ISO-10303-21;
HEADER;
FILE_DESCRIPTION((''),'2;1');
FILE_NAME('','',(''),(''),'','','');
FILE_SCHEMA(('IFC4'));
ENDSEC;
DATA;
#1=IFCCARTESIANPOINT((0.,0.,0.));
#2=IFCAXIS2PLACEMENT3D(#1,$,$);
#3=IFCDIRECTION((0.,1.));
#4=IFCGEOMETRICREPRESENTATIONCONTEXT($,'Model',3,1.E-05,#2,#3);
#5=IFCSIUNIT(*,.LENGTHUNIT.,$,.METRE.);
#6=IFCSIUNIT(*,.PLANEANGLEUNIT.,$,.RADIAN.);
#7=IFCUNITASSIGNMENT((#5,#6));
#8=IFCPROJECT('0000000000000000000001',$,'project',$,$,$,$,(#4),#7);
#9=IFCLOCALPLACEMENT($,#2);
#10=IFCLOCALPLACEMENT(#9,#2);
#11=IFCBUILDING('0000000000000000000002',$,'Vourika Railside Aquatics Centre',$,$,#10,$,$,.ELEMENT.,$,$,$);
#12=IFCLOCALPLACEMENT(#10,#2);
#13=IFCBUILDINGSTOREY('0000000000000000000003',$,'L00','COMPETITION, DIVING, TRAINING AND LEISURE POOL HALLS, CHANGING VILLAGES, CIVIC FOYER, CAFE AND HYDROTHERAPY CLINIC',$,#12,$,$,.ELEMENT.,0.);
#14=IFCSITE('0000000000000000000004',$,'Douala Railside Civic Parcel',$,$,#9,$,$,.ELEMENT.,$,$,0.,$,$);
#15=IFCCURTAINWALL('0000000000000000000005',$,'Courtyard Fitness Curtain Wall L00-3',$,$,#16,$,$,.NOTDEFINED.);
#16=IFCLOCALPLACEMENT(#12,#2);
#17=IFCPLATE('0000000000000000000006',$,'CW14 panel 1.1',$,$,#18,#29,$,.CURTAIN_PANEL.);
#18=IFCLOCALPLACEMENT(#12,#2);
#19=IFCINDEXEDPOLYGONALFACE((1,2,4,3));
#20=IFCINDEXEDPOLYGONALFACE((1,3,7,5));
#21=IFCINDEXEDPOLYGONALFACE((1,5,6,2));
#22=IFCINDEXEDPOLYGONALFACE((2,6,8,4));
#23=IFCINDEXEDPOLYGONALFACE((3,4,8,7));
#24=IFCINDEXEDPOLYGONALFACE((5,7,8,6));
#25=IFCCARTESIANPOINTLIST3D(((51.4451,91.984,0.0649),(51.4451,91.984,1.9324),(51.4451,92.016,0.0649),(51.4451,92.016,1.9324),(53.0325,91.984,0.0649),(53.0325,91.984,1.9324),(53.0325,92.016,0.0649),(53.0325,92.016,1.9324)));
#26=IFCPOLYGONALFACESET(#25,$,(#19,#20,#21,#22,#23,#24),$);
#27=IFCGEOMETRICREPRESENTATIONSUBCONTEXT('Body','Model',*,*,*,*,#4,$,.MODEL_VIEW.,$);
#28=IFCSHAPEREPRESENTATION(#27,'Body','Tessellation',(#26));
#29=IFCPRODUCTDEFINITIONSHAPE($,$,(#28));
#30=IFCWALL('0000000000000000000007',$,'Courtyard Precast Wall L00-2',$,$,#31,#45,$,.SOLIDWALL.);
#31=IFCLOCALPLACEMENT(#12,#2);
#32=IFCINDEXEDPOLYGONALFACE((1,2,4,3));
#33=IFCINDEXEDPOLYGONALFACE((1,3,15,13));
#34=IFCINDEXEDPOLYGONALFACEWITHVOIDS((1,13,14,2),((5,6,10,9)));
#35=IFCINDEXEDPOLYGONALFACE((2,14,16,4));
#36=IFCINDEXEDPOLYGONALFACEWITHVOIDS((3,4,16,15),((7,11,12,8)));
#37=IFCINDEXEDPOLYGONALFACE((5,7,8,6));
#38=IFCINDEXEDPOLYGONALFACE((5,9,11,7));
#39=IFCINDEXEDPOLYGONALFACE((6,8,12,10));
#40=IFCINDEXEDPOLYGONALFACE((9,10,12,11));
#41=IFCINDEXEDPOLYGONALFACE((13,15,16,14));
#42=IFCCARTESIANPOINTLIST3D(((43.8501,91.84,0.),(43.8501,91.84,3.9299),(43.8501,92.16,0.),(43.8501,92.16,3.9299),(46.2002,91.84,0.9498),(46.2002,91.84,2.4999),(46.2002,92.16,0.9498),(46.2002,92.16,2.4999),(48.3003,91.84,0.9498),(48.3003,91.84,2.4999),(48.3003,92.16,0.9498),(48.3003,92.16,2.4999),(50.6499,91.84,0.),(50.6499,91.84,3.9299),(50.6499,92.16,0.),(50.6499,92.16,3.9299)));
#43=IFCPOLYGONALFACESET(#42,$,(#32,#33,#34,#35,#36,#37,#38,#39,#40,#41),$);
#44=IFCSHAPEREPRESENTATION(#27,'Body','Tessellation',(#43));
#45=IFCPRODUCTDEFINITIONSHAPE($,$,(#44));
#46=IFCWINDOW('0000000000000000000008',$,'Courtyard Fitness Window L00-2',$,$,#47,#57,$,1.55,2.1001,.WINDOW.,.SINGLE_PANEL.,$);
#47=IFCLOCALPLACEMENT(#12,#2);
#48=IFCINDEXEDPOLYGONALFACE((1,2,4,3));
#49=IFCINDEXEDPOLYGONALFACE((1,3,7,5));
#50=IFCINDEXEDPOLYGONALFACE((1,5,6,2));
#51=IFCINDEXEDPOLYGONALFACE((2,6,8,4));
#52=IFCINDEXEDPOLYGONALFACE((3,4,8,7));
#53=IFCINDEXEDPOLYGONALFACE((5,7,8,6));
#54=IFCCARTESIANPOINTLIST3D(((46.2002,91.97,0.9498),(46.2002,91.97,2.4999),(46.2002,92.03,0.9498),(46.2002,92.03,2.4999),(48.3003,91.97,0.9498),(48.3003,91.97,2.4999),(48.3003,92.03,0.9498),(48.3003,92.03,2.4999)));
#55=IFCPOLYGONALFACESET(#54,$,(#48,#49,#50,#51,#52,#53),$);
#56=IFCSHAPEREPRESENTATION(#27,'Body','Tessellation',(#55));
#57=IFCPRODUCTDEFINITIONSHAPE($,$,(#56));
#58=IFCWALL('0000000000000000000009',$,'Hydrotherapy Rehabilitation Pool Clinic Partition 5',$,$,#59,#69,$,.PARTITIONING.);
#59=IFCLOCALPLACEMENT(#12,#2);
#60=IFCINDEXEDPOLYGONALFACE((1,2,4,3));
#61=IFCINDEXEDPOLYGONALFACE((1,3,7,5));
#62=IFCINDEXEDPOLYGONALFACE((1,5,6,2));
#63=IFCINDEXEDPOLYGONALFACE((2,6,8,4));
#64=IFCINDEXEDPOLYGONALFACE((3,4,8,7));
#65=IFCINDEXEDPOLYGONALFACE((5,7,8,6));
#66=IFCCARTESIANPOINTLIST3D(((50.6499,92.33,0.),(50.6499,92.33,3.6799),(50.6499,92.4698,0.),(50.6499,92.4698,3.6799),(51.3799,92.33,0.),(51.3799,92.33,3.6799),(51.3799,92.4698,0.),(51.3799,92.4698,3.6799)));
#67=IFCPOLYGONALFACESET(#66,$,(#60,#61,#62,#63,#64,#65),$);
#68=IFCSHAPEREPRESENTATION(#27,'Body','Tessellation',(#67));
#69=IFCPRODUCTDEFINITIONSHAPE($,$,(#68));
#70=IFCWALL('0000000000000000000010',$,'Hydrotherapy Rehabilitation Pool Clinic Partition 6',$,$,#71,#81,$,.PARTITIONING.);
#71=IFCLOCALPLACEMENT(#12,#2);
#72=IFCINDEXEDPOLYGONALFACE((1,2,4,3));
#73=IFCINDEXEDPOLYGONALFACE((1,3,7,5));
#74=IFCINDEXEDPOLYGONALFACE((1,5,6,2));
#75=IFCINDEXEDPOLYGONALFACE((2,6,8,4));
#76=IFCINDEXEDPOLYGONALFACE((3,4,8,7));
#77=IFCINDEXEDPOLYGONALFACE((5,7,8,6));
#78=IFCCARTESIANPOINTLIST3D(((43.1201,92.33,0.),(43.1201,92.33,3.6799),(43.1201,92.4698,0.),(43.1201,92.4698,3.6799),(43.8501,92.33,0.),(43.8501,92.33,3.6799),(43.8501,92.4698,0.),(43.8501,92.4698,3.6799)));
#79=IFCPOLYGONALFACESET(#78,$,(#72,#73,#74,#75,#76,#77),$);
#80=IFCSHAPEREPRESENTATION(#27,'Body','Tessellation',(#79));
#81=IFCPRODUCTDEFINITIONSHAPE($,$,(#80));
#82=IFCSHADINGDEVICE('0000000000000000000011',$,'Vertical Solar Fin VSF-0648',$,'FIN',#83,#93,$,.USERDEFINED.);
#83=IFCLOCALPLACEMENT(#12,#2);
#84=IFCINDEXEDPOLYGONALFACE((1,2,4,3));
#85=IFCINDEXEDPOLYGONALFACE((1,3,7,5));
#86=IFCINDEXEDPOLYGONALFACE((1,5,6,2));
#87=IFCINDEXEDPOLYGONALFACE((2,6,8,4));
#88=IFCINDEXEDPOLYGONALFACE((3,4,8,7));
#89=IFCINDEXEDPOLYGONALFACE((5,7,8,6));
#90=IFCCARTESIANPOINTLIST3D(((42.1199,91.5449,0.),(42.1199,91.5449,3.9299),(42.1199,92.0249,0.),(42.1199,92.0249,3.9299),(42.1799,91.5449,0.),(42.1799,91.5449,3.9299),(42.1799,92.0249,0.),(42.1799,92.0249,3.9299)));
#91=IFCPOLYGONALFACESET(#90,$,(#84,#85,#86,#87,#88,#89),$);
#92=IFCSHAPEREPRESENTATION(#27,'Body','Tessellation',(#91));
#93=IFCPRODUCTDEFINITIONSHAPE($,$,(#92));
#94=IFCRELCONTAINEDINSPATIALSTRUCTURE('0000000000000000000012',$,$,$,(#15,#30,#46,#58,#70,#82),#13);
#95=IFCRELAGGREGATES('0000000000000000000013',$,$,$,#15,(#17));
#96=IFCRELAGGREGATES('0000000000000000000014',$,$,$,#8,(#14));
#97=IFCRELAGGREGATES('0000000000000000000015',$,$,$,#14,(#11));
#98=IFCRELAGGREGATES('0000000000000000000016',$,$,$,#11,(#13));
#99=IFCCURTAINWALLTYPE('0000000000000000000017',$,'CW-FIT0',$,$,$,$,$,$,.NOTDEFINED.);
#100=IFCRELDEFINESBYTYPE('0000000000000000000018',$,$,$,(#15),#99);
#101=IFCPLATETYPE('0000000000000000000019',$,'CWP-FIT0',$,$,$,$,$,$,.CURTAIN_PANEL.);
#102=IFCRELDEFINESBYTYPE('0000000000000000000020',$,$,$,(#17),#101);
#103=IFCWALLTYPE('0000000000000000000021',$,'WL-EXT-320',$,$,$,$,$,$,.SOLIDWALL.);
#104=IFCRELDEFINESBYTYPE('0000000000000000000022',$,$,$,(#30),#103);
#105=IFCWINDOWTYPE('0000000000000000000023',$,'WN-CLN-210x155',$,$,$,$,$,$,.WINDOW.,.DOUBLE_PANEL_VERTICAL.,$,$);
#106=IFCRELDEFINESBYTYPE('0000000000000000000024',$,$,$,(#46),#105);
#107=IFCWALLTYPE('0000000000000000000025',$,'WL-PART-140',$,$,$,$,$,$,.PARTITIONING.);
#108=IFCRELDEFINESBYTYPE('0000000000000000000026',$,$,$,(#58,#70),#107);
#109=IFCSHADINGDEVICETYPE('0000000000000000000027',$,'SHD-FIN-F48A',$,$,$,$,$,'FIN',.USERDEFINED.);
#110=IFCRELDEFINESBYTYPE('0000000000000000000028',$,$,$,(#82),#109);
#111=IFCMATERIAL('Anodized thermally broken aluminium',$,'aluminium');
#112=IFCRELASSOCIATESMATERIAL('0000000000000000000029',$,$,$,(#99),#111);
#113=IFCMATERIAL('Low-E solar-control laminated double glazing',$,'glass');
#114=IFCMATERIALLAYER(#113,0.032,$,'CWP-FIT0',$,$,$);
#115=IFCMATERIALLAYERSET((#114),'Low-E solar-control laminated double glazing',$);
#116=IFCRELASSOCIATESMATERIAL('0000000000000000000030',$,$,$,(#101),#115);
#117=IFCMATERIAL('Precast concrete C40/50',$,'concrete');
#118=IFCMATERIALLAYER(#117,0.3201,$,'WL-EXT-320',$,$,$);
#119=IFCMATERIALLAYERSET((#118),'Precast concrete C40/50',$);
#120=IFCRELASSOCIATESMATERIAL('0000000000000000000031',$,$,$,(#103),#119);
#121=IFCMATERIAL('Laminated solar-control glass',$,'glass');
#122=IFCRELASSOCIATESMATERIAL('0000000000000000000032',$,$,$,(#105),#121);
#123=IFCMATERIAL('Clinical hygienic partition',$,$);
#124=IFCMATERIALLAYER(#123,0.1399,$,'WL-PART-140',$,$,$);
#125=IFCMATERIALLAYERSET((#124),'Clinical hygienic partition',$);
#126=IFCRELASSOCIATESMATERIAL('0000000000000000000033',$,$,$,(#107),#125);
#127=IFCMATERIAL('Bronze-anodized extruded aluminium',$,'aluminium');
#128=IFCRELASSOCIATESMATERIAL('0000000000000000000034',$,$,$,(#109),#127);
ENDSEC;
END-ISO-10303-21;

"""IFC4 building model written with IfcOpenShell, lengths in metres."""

from ifc_helpers import new_model, si_unit, direction, frame, frame_2d, origin, origin_2d, place, context, subcontext, project, spatial, rectangle, extrude, material, layer, layer_set, material_profile, profile_set, type_object, element, fill, aggregate, save


model = new_model("IFC4")

# Units and contexts
model_context = context("Model", 3, precision=1e-05, world=origin(), true_north=direction((0.0, 1.0)))
body_context = subcontext(model_context, "Body", "Model", "MODEL_VIEW")
ifc_project = project(units=[si_unit("LENGTHUNIT", "METRE"), si_unit("PLANEANGLEUNIT", "RADIAN")], contexts=[model_context])

# Site, building, storey
site_placement = place(None, origin())
site = spatial("IfcSite", under=ifc_project, at=site_placement, Name="Douala Railside Civic Parcel", CompositionType="ELEMENT", RefElevation=0.0)
building_placement = place(site_placement, origin())
building = spatial("IfcBuilding", under=site, at=building_placement, Name="Vourika Railside Aquatics Centre", CompositionType="ELEMENT")
storey_placement = place(building_placement, origin())
storey = spatial("IfcBuildingStorey", under=building, at=storey_placement, Name="L00", Description="COMPETITION, DIVING, TRAINING AND LEISURE POOL HALLS, CHANGING VILLAGES, CIVIC FOYER, CAFE AND HYDROTHERAPY CLINIC", CompositionType="ELEMENT", Elevation=0.0)

# Shared definitions
ifc_material_1 = material(Name="Anodized thermally broken aluminium", Category="aluminium")
curtain_wall_type = type_object("IfcCurtainWallType", Name="CW-FIT0", PredefinedType="NOTDEFINED", material=ifc_material_1)

# Curtain wall
curtain_wall_1_placement = place(storey_placement, origin())
curtain_wall_1 = element("IfcCurtainWall", 1, at=curtain_wall_1_placement, inside=storey, type_object=curtain_wall_type, Name="Courtyard Fitness Curtain Wall L00-3", PredefinedType="NOTDEFINED")

# Plate
ifc_material_2 = material(Name="Low-E solar-control laminated double glazing", Category="glass")
ifc_layer_1 = layer(ifc_material_2, 0.032, Name="CWP-FIT0")
ifc_layer_set_1 = layer_set([ifc_layer_1], Name="Low-E solar-control laminated double glazing")
plate_type = type_object("IfcPlateType", Name="CWP-FIT0", PredefinedType="CURTAIN_PANEL", material=ifc_layer_set_1)
plate_1_placement = place(storey_placement, frame((52.2388, 92.0, 0.0649), z_axis=(0.0, 0.0, 1.0), x_axis=(1.0, 0.0, 0.0)))
plate_1 = element("IfcPlate", 2, at=plate_1_placement, type_object=plate_type, Name="CW14 panel 1.1", PredefinedType="CURTAIN_PANEL", context=body_context, shape_type="SweptSolid", body=[
    extrude(rectangle(XDim=1.5874, YDim=0.032, at=origin_2d()), origin(), (0.0, 0.0, 1.0), 1.8674),
])
aggregate(curtain_wall_1, [plate_1])

# Wall, opening, window
ifc_material_3 = material(Name="Precast concrete C40/50", Category="concrete")
ifc_layer_2 = layer(ifc_material_3, 0.3201, Name="WL-EXT-320")
ifc_layer_set_2 = layer_set([ifc_layer_2], Name="Precast concrete C40/50")
wall_type_1 = type_object("IfcWallType", Name="WL-EXT-320", PredefinedType="SOLIDWALL", material=ifc_layer_set_2)
wall_placement = place(storey_placement, frame((43.8501, 92.0, 0.0), z_axis=(0.0, 0.0, 1.0), x_axis=(1.0, 0.0, 0.0)))
wall = element("IfcWall", 3, at=wall_placement, inside=storey, type_object=wall_type_1, Name="Courtyard Precast Wall L00-2", PredefinedType="SOLIDWALL", context=body_context, shape_type="SweptSolid", body=[
    extrude(rectangle(XDim=6.7998, YDim=0.3201, at=frame_2d((3.3999, 0.0))), origin(), (0.0, 0.0, 1.0), 3.9299),
])
opening_placement = place(wall_placement, frame((2.3501, 0.0, 0.95)))
opening = element("IfcOpeningElement", 4, at=opening_placement, cuts=wall, PredefinedType="OPENING", context=body_context, shape_type="SweptSolid", body=[
    extrude(rectangle(XDim=2.1001, YDim=1.55, at=frame_2d((1.05, 0.7749))), frame((0.0, 0.1699, 0.0), z_axis=(0.0, -1.0, 0.0), x_axis=(1.0, 0.0, 0.0)), (0.0, 0.0, 1.0), 0.3401),
])
ifc_material_4 = material(Name="Laminated solar-control glass", Category="glass")
window_type = type_object("IfcWindowType", Name="WN-CLN-210x155", PartitioningType="DOUBLE_PANEL_VERTICAL", PredefinedType="WINDOW", material=ifc_material_4)
window_placement = place(opening_placement, origin())
window = element("IfcWindow", 5, at=window_placement, inside=storey, type_object=window_type, Name="Courtyard Fitness Window L00-2", OverallHeight=1.55, OverallWidth=2.1001, PartitioningType="SINGLE_PANEL", PredefinedType="WINDOW", context=body_context, shape_type="SweptSolid", body=[
    extrude(rectangle(XDim=2.1001, YDim=1.55, at=frame_2d((1.05, 0.7749))), frame((0.0, 0.03, 0.0), z_axis=(0.0, -1.0, 0.0), x_axis=(1.0, 0.0, 0.0)), (0.0, 0.0, 1.0), 0.0601),
])
fill(opening, window)

# Walls
ifc_material_5 = material(Name="Clinical hygienic partition")
ifc_layer_3 = layer(ifc_material_5, 0.1399, Name="WL-PART-140")
ifc_layer_set_3 = layer_set([ifc_layer_3], Name="Clinical hygienic partition")
wall_type_2 = type_object("IfcWallType", Name="WL-PART-140", PredefinedType="PARTITIONING", material=ifc_layer_set_3)
for number, where, z_axis, x_axis, name in (
    (6, (51.3799, 92.3999, 0.0), (0.0, 0.0, 1.0), (-1.0, 0.0, 0.0), "Hydrotherapy Rehabilitation Pool Clinic Partition 5"),
    (7, (43.8501, 92.3999, 0.0), (0.0, 0.0, 1.0), (-1.0, 0.0, 0.0), "Hydrotherapy Rehabilitation Pool Clinic Partition 6"),
):
    element("IfcWall", number, at=place(storey_placement, frame(where, z_axis=z_axis, x_axis=x_axis)), inside=storey, type_object=wall_type_2, Name=name, PredefinedType="PARTITIONING", context=body_context, shape_type="SweptSolid", body=[
        extrude(rectangle(XDim=0.73, YDim=0.1399, at=frame_2d((0.365, 0.0))), origin(), (0.0, 0.0, 1.0), 3.6799),
    ])

# Shading device
ifc_material_6 = material(Name="Bronze-anodized extruded aluminium", Category="aluminium")
ifc_material_profile_1 = material_profile(ifc_material_6, rectangle(XDim=0.0601, YDim=0.48, at=origin_2d()), Name="ALU-FIN 60x480")
ifc_profile_set_1 = profile_set([ifc_material_profile_1], Name="Bronze-anodized extruded aluminium")
shading_device_type = type_object("IfcShadingDeviceType", Name="SHD-FIN-F48A", ElementType="FIN", PredefinedType="USERDEFINED", material=ifc_profile_set_1)
shading_device_placement = place(storey_placement, frame((42.1499, 91.7849, 0.0), z_axis=(0.0, 0.0, 1.0), x_axis=(-1.0, 0.0, 0.0)))
element("IfcShadingDevice", 8, at=shading_device_placement, inside=storey, type_object=shading_device_type, Name="Vertical Solar Fin VSF-0648", ObjectType="FIN", PredefinedType="USERDEFINED", context=body_context, shape_type="SweptSolid", body=[
    extrude(rectangle(XDim=0.0601, YDim=0.48, at=origin_2d()), origin(), (0.0, 0.0, 1.0), 3.9299),
])

save(model, "model.ifc")
